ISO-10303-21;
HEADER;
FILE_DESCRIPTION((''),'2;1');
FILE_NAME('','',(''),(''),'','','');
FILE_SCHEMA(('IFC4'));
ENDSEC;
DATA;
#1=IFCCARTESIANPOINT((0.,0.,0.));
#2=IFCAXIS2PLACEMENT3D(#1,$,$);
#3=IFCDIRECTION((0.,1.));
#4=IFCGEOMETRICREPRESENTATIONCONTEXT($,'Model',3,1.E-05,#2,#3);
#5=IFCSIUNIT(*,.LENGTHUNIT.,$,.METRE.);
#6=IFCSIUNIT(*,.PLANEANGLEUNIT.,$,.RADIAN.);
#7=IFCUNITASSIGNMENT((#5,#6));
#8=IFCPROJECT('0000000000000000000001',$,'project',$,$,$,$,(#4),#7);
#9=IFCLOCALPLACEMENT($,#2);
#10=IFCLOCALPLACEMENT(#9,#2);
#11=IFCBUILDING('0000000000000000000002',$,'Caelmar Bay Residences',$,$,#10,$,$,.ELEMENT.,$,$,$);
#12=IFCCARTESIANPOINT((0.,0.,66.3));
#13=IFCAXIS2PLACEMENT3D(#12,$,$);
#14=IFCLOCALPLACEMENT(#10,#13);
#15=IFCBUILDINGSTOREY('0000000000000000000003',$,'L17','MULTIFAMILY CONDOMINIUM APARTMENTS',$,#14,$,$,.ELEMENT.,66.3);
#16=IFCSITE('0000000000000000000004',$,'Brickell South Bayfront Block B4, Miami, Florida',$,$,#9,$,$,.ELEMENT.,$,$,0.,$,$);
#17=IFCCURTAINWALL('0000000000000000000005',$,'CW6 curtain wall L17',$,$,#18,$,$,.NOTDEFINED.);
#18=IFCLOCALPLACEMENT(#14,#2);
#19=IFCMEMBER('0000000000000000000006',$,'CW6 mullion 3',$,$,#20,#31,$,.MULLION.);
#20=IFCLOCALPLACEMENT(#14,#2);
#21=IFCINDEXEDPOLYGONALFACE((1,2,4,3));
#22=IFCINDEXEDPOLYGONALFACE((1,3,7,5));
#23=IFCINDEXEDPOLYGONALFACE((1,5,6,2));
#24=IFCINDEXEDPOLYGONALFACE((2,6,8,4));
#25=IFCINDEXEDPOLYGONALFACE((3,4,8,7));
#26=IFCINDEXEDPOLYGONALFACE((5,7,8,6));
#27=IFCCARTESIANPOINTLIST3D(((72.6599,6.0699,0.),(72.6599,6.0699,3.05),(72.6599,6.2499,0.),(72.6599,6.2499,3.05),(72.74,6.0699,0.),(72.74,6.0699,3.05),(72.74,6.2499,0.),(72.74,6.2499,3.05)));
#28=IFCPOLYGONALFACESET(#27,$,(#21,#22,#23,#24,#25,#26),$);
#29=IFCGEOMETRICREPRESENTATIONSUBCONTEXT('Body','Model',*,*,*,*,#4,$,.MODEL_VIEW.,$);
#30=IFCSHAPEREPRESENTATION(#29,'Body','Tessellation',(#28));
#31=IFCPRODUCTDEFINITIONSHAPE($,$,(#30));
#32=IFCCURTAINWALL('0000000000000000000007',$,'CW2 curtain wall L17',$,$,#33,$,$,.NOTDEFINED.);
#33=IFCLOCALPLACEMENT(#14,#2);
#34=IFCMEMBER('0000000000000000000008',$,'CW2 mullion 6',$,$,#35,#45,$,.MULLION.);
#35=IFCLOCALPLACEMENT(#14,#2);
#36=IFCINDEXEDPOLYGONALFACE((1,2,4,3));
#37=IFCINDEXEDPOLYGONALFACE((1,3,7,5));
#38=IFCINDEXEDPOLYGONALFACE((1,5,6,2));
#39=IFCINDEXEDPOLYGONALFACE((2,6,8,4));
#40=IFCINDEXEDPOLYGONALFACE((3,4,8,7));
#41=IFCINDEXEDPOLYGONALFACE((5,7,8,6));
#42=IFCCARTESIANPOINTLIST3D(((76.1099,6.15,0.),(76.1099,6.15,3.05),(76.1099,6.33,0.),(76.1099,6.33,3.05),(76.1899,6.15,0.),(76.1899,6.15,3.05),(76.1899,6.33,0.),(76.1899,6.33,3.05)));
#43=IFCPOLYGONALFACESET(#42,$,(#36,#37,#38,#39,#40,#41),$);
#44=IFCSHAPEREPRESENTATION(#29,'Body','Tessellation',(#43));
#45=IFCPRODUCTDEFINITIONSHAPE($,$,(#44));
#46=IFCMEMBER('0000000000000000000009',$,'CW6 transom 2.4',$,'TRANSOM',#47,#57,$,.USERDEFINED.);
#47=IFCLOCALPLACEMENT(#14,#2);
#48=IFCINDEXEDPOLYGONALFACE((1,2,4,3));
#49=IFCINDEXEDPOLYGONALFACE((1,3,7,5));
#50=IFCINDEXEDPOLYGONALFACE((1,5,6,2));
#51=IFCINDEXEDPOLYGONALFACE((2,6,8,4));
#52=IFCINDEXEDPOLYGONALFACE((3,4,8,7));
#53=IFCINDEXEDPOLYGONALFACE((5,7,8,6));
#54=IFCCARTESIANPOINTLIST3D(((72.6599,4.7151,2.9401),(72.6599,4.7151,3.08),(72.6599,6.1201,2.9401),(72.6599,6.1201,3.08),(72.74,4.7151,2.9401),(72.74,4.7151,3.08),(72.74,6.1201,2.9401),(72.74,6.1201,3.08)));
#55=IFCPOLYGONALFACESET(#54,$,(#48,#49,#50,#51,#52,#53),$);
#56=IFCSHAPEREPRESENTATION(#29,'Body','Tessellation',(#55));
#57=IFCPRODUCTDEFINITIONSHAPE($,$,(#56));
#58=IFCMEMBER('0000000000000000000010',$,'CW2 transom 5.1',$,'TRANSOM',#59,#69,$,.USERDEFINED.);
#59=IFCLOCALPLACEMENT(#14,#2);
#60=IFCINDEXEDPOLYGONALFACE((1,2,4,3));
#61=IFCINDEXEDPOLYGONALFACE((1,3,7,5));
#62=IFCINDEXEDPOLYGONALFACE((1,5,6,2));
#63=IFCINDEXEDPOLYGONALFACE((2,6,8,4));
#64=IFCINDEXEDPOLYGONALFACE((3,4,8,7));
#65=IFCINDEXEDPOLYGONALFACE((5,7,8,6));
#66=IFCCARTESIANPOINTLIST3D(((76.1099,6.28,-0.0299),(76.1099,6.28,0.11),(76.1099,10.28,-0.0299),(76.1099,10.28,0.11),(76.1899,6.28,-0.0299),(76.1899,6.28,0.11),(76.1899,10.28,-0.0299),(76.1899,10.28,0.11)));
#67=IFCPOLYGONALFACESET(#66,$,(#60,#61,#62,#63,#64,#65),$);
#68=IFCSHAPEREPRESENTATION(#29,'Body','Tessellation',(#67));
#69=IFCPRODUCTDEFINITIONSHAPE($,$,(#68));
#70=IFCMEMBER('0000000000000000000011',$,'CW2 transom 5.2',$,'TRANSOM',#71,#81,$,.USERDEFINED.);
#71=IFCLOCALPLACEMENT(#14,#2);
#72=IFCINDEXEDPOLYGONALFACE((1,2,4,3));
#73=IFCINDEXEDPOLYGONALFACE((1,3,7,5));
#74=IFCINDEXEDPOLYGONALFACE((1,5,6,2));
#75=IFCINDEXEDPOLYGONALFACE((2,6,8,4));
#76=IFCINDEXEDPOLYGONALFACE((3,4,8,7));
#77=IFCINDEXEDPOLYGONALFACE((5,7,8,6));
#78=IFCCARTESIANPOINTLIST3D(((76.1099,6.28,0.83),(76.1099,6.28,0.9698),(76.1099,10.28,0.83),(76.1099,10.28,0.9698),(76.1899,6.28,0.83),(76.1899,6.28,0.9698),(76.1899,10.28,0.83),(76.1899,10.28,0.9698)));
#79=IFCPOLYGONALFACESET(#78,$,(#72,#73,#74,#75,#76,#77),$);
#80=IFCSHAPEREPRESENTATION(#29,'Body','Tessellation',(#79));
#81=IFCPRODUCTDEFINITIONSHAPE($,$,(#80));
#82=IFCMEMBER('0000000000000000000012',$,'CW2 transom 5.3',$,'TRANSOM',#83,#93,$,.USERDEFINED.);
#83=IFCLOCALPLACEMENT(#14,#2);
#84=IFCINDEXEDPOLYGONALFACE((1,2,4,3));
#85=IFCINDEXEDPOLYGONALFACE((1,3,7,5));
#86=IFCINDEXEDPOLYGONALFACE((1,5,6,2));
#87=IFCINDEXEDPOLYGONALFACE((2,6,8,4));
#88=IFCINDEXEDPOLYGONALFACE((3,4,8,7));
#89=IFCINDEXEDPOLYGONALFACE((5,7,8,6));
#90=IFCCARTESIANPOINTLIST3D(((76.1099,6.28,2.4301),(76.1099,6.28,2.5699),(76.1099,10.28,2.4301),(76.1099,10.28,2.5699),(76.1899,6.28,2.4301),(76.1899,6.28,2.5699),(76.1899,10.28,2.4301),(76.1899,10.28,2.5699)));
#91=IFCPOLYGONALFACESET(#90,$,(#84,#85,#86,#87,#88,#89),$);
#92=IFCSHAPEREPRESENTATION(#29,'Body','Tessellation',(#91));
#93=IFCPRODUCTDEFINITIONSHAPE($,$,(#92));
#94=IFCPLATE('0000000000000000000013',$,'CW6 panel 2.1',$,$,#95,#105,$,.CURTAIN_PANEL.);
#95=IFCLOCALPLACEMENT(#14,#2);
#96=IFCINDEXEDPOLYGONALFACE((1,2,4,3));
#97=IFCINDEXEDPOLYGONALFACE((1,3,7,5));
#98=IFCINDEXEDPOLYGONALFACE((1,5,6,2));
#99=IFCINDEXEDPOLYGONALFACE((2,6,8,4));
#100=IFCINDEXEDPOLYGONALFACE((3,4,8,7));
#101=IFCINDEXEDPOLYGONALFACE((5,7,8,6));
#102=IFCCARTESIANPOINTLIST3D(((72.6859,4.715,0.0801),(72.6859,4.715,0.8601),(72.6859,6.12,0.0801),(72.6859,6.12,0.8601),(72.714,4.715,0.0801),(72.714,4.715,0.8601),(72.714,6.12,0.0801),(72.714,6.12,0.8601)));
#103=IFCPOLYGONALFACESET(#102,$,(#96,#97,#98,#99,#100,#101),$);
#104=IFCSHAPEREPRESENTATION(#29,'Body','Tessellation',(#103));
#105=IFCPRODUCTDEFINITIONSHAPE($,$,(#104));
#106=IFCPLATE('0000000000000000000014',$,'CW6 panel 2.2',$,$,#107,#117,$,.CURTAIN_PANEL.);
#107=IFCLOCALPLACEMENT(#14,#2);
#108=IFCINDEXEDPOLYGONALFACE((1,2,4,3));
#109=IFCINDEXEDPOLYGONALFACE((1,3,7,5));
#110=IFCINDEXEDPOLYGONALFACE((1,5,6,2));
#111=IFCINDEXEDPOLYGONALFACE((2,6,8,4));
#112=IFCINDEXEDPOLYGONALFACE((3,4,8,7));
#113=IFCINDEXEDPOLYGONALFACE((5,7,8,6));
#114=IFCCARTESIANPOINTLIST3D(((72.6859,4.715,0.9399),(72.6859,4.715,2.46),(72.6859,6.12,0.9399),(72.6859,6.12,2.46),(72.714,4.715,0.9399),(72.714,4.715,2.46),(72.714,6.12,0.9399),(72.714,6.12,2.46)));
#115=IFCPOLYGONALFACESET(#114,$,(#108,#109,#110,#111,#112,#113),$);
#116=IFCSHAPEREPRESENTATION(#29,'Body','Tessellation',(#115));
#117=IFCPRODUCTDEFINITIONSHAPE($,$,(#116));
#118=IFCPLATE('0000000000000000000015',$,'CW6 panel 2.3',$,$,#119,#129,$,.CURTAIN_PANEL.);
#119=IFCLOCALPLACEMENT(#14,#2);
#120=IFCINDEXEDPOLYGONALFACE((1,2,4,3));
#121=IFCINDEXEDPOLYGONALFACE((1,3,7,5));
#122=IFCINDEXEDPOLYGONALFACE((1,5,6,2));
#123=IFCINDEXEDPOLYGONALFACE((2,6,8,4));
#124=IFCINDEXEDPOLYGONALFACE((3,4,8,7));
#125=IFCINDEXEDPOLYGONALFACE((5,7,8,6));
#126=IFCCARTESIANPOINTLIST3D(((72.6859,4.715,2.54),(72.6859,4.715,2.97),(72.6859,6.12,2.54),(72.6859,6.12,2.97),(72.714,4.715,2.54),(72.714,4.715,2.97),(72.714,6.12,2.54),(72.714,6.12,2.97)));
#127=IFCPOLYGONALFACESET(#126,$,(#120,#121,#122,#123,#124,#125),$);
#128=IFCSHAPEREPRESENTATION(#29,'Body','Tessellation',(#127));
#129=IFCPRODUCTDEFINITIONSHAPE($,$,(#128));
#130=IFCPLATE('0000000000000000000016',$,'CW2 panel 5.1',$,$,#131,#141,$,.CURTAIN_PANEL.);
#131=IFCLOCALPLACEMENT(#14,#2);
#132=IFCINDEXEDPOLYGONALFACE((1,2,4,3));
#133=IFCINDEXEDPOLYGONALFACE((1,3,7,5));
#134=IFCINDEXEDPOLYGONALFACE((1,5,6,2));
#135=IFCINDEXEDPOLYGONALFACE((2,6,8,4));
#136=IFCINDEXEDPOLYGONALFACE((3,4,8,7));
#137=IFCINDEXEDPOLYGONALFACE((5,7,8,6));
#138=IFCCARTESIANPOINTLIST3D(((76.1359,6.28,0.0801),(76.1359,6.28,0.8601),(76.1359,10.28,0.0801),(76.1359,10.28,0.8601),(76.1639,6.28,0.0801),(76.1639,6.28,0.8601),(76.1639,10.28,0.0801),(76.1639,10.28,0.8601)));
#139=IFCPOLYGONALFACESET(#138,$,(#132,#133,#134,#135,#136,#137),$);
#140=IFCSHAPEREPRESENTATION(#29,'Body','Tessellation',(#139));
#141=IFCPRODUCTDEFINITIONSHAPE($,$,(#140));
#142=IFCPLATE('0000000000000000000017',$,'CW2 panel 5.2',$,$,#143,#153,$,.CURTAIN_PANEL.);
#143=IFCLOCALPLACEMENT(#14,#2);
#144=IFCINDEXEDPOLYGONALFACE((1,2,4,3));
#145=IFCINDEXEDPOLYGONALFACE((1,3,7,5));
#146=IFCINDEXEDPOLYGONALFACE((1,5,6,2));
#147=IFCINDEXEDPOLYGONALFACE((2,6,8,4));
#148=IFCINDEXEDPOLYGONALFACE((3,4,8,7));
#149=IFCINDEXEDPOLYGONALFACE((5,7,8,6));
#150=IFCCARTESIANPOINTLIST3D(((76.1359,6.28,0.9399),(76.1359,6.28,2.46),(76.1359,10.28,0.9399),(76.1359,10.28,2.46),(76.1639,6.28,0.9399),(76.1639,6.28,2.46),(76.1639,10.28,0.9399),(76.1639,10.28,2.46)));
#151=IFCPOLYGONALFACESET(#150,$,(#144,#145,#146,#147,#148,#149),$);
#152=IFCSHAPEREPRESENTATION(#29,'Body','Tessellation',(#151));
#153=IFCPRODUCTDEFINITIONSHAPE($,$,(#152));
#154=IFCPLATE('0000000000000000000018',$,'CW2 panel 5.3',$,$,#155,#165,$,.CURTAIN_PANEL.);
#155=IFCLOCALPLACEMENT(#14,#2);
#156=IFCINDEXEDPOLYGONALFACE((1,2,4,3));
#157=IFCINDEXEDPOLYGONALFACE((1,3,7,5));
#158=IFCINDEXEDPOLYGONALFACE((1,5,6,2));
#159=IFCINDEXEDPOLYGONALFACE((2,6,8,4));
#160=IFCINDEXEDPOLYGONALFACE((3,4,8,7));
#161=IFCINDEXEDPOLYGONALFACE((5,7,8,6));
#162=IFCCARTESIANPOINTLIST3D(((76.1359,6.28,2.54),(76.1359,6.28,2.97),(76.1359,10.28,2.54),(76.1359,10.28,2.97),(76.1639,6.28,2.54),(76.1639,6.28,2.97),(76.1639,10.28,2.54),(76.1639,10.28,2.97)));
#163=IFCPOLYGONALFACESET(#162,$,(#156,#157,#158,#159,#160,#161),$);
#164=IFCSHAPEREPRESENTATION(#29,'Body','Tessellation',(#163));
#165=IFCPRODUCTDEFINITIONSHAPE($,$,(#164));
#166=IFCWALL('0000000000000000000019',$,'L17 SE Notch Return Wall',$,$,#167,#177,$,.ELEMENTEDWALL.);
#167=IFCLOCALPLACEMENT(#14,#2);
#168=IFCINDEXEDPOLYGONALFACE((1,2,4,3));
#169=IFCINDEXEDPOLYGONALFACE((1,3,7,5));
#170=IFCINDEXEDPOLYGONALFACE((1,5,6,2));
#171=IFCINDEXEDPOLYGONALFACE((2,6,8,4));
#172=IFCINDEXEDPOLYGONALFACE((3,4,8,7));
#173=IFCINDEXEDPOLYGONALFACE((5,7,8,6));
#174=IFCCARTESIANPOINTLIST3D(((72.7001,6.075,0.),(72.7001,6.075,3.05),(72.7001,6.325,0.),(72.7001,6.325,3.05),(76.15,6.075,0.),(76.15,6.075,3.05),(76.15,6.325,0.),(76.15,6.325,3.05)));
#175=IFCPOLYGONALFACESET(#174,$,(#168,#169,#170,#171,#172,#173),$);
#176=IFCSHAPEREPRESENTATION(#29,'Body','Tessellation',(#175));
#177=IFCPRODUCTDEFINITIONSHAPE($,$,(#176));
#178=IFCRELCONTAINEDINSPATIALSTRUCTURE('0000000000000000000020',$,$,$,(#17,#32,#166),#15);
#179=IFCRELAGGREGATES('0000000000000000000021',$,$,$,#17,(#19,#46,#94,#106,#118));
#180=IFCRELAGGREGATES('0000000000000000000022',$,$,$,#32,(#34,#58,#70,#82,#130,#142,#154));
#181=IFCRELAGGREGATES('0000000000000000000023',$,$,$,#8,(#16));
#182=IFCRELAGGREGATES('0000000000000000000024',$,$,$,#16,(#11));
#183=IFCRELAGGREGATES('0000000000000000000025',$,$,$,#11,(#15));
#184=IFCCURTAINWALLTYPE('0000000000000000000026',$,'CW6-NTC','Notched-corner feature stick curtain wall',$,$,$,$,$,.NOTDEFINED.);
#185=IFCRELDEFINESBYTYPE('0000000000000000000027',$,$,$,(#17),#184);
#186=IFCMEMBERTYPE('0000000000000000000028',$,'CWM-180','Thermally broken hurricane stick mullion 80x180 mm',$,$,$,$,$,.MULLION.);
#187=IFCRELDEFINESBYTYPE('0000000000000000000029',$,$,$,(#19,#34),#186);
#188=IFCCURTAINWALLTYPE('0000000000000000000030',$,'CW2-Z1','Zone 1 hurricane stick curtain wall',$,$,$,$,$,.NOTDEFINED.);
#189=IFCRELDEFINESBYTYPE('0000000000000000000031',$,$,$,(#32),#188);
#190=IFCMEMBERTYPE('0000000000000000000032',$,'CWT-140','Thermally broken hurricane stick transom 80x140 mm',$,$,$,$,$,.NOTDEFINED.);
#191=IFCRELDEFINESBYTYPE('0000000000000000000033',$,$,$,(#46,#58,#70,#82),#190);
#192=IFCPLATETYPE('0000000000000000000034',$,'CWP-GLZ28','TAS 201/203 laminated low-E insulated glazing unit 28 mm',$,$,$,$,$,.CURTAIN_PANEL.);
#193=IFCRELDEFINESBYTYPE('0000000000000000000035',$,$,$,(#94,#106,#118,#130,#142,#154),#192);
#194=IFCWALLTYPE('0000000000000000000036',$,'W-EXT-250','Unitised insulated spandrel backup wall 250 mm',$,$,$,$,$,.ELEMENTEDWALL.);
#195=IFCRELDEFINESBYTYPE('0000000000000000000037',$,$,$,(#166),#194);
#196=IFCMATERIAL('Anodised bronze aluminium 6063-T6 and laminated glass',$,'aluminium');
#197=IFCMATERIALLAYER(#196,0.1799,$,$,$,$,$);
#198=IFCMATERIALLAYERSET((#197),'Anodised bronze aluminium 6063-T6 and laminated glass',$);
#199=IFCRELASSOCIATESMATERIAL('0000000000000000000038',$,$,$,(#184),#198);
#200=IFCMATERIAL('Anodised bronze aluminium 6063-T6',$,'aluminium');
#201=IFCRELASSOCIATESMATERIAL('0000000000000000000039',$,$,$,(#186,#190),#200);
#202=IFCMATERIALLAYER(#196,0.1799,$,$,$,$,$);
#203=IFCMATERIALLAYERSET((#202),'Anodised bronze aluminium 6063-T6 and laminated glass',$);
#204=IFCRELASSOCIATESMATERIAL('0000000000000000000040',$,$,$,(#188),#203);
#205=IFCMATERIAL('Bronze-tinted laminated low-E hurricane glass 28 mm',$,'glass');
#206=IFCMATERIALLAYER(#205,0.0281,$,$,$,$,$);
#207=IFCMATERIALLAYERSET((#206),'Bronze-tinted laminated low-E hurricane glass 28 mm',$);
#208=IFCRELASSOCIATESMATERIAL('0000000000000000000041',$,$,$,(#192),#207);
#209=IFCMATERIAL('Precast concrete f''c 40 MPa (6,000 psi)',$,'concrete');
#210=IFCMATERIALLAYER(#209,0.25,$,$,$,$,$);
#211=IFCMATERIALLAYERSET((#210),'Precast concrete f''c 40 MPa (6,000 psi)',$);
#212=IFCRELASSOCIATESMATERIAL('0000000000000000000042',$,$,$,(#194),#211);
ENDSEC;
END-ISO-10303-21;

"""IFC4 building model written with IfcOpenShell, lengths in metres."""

from ifc_helpers import new_model, si_unit, direction, frame, frame_2d, origin, origin_2d, place, context, subcontext, project, spatial, rectangle, extrude, material, layer, layer_set, material_profile, profile_set, type_object, element, aggregate, save


model = new_model("IFC4")

# Units and contexts
model_context = context("Model", 3, precision=1e-05, world=origin(), true_north=direction((0.0, 1.0)))
body_context = subcontext(model_context, "Body", "Model", "MODEL_VIEW")
ifc_project = project(units=[si_unit("LENGTHUNIT", "METRE"), si_unit("PLANEANGLEUNIT", "RADIAN")], contexts=[model_context])

# Site, building, storey
site_placement = place(None, origin())
site = spatial("IfcSite", under=ifc_project, at=site_placement, Name="Brickell South Bayfront Block B4, Miami, Florida", CompositionType="ELEMENT", RefElevation=0.0)
building_placement = place(site_placement, origin())
building = spatial("IfcBuilding", under=site, at=building_placement, Name="Caelmar Bay Residences", CompositionType="ELEMENT")
storey_placement = place(building_placement, frame((0.0, 0.0, 66.3)))
storey = spatial("IfcBuildingStorey", under=building, at=storey_placement, Name="L17", Description="MULTIFAMILY CONDOMINIUM APARTMENTS", CompositionType="ELEMENT", Elevation=66.3)

# Curtain walls, members
ifc_material_1 = material(Name="Anodised bronze aluminium 6063-T6 and laminated glass", Category="aluminium")
ifc_layer_1 = layer(ifc_material_1, 0.1799)
ifc_layer_set_1 = layer_set([ifc_layer_1], Name="Anodised bronze aluminium 6063-T6 and laminated glass")
curtain_wall_type_1 = type_object("IfcCurtainWallType", Name="CW6-NTC", Description="Notched-corner feature stick curtain wall", PredefinedType="NOTDEFINED", material=ifc_layer_set_1)
curtain_wall_1_placement = place(storey_placement, origin())
curtain_wall_1 = element("IfcCurtainWall", 1, at=curtain_wall_1_placement, inside=storey, type_object=curtain_wall_type_1, Name="CW6 curtain wall L17", PredefinedType="NOTDEFINED")
ifc_material_2 = material(Name="Anodised bronze aluminium 6063-T6", Category="aluminium")
ifc_material_profile_1 = material_profile(ifc_material_2, rectangle(XDim=0.0801, YDim=0.1799, at=origin_2d()), Name="CWM-80X180")
ifc_profile_set_1 = profile_set([ifc_material_profile_1], Name="Anodised bronze aluminium 6063-T6")
member_type_1 = type_object("IfcMemberType", Name="CWM-180", Description="Thermally broken hurricane stick mullion 80x180 mm", PredefinedType="MULLION", material=ifc_profile_set_1)
member_1_placement = place(storey_placement, frame((72.7, 6.1599, 0.0), z_axis=(0.0, 0.0, 1.0), x_axis=(-1.0, 0.0, 0.0)))
member_1 = element("IfcMember", 2, at=member_1_placement, type_object=member_type_1, Name="CW6 mullion 3", PredefinedType="MULLION", context=body_context, shape_type="SweptSolid", body=[
    extrude(rectangle(XDim=0.0801, YDim=0.1799, at=origin_2d()), origin(), (0.0, 0.0, 1.0), 3.05),
])
ifc_layer_2 = layer(ifc_material_1, 0.1799)
ifc_layer_set_2 = layer_set([ifc_layer_2], Name="Anodised bronze aluminium 6063-T6 and laminated glass")
curtain_wall_type_2 = type_object("IfcCurtainWallType", Name="CW2-Z1", Description="Zone 1 hurricane stick curtain wall", PredefinedType="NOTDEFINED", material=ifc_layer_set_2)
curtain_wall_2_placement = place(storey_placement, origin())
curtain_wall_2 = element("IfcCurtainWall", 3, at=curtain_wall_2_placement, inside=storey, type_object=curtain_wall_type_2, Name="CW2 curtain wall L17", PredefinedType="NOTDEFINED")
member_2_placement = place(storey_placement, frame((76.1499, 6.24, 0.0), z_axis=(0.0, 0.0, 1.0), x_axis=(1.0, 0.0, 0.0)))
member_2 = element("IfcMember", 4, at=member_2_placement, type_object=member_type_1, Name="CW2 mullion 6", PredefinedType="MULLION", context=body_context, shape_type="SweptSolid", body=[
    extrude(rectangle(XDim=0.0801, YDim=0.1799, at=origin_2d()), origin(), (0.0, 0.0, 1.0), 3.05),
])

# Members
ifc_material_profile_2 = material_profile(ifc_material_2, rectangle(XDim=0.0801, YDim=0.1399, at=origin_2d()), Name="CWT-80X140")
ifc_profile_set_2 = profile_set([ifc_material_profile_2], Name="Anodised bronze aluminium 6063-T6")
member_type_2 = type_object("IfcMemberType", Name="CWT-140", Description="Thermally broken hurricane stick transom 80x140 mm", PredefinedType="NOTDEFINED", material=ifc_profile_set_2)
member_3_placement = place(storey_placement, frame((72.7, 4.7151, 3.01), z_axis=(0.0, 1.0, 0.0), x_axis=(-1.0, 0.0, 0.0)))
member_3 = element("IfcMember", 5, at=member_3_placement, type_object=member_type_2, Name="CW6 transom 2.4", ObjectType="TRANSOM", PredefinedType="USERDEFINED", context=body_context, shape_type="SweptSolid", body=[
    extrude(rectangle(XDim=0.0801, YDim=0.1399, at=origin_2d()), origin(), (0.0, 0.0, 1.0), 1.405),
])
member_4_placement = place(storey_placement, frame((76.1499, 10.28, 0.04), z_axis=(0.0, -1.0, 0.0), x_axis=(1.0, 0.0, 0.0)))
member_4 = element("IfcMember", 6, at=member_4_placement, type_object=member_type_2, Name="CW2 transom 5.1", ObjectType="TRANSOM", PredefinedType="USERDEFINED", context=body_context, shape_type="SweptSolid", body=[
    extrude(rectangle(XDim=0.0801, YDim=0.1399, at=origin_2d()), origin(), (0.0, 0.0, 1.0), 4.0),
])
member_5_placement = place(storey_placement, frame((76.1499, 10.28, 0.8999), z_axis=(0.0, -1.0, 0.0), x_axis=(1.0, 0.0, 0.0)))
member_5 = element("IfcMember", 7, at=member_5_placement, type_object=member_type_2, Name="CW2 transom 5.2", ObjectType="TRANSOM", PredefinedType="USERDEFINED", context=body_context, shape_type="SweptSolid", body=[
    extrude(rectangle(XDim=0.0801, YDim=0.1399, at=origin_2d()), origin(), (0.0, 0.0, 1.0), 4.0),
])
member_6_placement = place(storey_placement, frame((76.1499, 10.28, 2.5), z_axis=(0.0, -1.0, 0.0), x_axis=(1.0, 0.0, 0.0)))
member_6 = element("IfcMember", 8, at=member_6_placement, type_object=member_type_2, Name="CW2 transom 5.3", ObjectType="TRANSOM", PredefinedType="USERDEFINED", context=body_context, shape_type="SweptSolid", body=[
    extrude(rectangle(XDim=0.0801, YDim=0.1399, at=origin_2d()), origin(), (0.0, 0.0, 1.0), 4.0),
])

# Plates
ifc_material_3 = material(Name="Bronze-tinted laminated low-E hurricane glass 28 mm", Category="glass")
ifc_layer_3 = layer(ifc_material_3, 0.0281)
ifc_layer_set_3 = layer_set([ifc_layer_3], Name="Bronze-tinted laminated low-E hurricane glass 28 mm")
plate_type = type_object("IfcPlateType", Name="CWP-GLZ28", Description="TAS 201/203 laminated low-E insulated glazing unit 28 mm", PredefinedType="CURTAIN_PANEL", material=ifc_layer_set_3)
plate_1_placement = place(storey_placement, frame((72.7, 5.4175, 0.0801), z_axis=(0.0, 0.0, 1.0), x_axis=(0.0, 1.0, 0.0)))
plate_1 = element("IfcPlate", 9, at=plate_1_placement, type_object=plate_type, Name="CW6 panel 2.1", PredefinedType="CURTAIN_PANEL", context=body_context, shape_type="SweptSolid", body=[
    extrude(rectangle(XDim=1.405, YDim=0.0281, at=origin_2d()), origin(), (0.0, 0.0, 1.0), 0.78),
])
plate_2_placement = place(storey_placement, frame((72.7, 5.4175, 0.9399), z_axis=(0.0, 0.0, 1.0), x_axis=(0.0, 1.0, 0.0)))
plate_2 = element("IfcPlate", 10, at=plate_2_placement, type_object=plate_type, Name="CW6 panel 2.2", PredefinedType="CURTAIN_PANEL", context=body_context, shape_type="SweptSolid", body=[
    extrude(rectangle(XDim=1.405, YDim=0.0281, at=origin_2d()), origin(), (0.0, 0.0, 1.0), 1.52),
])
plate_3_placement = place(storey_placement, frame((72.7, 5.4175, 2.54), z_axis=(0.0, 0.0, 1.0), x_axis=(0.0, 1.0, 0.0)))
plate_3 = element("IfcPlate", 11, at=plate_3_placement, type_object=plate_type, Name="CW6 panel 2.3", PredefinedType="CURTAIN_PANEL", context=body_context, shape_type="SweptSolid", body=[
    extrude(rectangle(XDim=1.405, YDim=0.0281, at=origin_2d()), origin(), (0.0, 0.0, 1.0), 0.4299),
])
aggregate(curtain_wall_1, [member_1, member_3, plate_1, plate_2, plate_3])
plate_4_placement = place(storey_placement, frame((76.1499, 8.28, 0.0801), z_axis=(0.0, 0.0, 1.0), x_axis=(0.0, -1.0, 0.0)))
plate_4 = element("IfcPlate", 12, at=plate_4_placement, type_object=plate_type, Name="CW2 panel 5.1", PredefinedType="CURTAIN_PANEL", context=body_context, shape_type="SweptSolid", body=[
    extrude(rectangle(XDim=4.0, YDim=0.0281, at=origin_2d()), origin(), (0.0, 0.0, 1.0), 0.78),
])
plate_5_placement = place(storey_placement, frame((76.1499, 8.28, 0.9399), z_axis=(0.0, 0.0, 1.0), x_axis=(0.0, -1.0, 0.0)))
plate_5 = element("IfcPlate", 13, at=plate_5_placement, type_object=plate_type, Name="CW2 panel 5.2", PredefinedType="CURTAIN_PANEL", context=body_context, shape_type="SweptSolid", body=[
    extrude(rectangle(XDim=4.0, YDim=0.0281, at=origin_2d()), origin(), (0.0, 0.0, 1.0), 1.52),
])
plate_6_placement = place(storey_placement, frame((76.1499, 8.28, 2.54), z_axis=(0.0, 0.0, 1.0), x_axis=(0.0, -1.0, 0.0)))
plate_6 = element("IfcPlate", 14, at=plate_6_placement, type_object=plate_type, Name="CW2 panel 5.3", PredefinedType="CURTAIN_PANEL", context=body_context, shape_type="SweptSolid", body=[
    extrude(rectangle(XDim=4.0, YDim=0.0281, at=origin_2d()), origin(), (0.0, 0.0, 1.0), 0.4299),
])
aggregate(curtain_wall_2, [member_2, member_4, member_5, member_6, plate_4, plate_5, plate_6])

# Wall
ifc_material_4 = material(Name="Precast concrete f'c 40 MPa (6,000 psi)", Category="concrete")
ifc_layer_4 = layer(ifc_material_4, 0.25)
ifc_layer_set_4 = layer_set([ifc_layer_4], Name="Precast concrete f'c 40 MPa (6,000 psi)")
wall_type_1 = type_object("IfcWallType", Name="W-EXT-250", Description="Unitised insulated spandrel backup wall 250 mm", PredefinedType="ELEMENTEDWALL", material=ifc_layer_set_4)
wall_1_placement = place(storey_placement, frame((72.7, 6.2, 0.0), z_axis=(0.0, 0.0, 1.0), x_axis=(1.0, 0.0, 0.0)))
element("IfcWall", 15, at=wall_1_placement, inside=storey, type_object=wall_type_1, Name="L17 SE Notch Return Wall", PredefinedType="ELEMENTEDWALL", context=body_context, shape_type="SweptSolid", body=[
    extrude(rectangle(XDim=3.45, YDim=0.25, at=frame_2d((1.7251, 0.0))), origin(), (0.0, 0.0, 1.0), 3.05),
])

save(model, "model.ifc")
